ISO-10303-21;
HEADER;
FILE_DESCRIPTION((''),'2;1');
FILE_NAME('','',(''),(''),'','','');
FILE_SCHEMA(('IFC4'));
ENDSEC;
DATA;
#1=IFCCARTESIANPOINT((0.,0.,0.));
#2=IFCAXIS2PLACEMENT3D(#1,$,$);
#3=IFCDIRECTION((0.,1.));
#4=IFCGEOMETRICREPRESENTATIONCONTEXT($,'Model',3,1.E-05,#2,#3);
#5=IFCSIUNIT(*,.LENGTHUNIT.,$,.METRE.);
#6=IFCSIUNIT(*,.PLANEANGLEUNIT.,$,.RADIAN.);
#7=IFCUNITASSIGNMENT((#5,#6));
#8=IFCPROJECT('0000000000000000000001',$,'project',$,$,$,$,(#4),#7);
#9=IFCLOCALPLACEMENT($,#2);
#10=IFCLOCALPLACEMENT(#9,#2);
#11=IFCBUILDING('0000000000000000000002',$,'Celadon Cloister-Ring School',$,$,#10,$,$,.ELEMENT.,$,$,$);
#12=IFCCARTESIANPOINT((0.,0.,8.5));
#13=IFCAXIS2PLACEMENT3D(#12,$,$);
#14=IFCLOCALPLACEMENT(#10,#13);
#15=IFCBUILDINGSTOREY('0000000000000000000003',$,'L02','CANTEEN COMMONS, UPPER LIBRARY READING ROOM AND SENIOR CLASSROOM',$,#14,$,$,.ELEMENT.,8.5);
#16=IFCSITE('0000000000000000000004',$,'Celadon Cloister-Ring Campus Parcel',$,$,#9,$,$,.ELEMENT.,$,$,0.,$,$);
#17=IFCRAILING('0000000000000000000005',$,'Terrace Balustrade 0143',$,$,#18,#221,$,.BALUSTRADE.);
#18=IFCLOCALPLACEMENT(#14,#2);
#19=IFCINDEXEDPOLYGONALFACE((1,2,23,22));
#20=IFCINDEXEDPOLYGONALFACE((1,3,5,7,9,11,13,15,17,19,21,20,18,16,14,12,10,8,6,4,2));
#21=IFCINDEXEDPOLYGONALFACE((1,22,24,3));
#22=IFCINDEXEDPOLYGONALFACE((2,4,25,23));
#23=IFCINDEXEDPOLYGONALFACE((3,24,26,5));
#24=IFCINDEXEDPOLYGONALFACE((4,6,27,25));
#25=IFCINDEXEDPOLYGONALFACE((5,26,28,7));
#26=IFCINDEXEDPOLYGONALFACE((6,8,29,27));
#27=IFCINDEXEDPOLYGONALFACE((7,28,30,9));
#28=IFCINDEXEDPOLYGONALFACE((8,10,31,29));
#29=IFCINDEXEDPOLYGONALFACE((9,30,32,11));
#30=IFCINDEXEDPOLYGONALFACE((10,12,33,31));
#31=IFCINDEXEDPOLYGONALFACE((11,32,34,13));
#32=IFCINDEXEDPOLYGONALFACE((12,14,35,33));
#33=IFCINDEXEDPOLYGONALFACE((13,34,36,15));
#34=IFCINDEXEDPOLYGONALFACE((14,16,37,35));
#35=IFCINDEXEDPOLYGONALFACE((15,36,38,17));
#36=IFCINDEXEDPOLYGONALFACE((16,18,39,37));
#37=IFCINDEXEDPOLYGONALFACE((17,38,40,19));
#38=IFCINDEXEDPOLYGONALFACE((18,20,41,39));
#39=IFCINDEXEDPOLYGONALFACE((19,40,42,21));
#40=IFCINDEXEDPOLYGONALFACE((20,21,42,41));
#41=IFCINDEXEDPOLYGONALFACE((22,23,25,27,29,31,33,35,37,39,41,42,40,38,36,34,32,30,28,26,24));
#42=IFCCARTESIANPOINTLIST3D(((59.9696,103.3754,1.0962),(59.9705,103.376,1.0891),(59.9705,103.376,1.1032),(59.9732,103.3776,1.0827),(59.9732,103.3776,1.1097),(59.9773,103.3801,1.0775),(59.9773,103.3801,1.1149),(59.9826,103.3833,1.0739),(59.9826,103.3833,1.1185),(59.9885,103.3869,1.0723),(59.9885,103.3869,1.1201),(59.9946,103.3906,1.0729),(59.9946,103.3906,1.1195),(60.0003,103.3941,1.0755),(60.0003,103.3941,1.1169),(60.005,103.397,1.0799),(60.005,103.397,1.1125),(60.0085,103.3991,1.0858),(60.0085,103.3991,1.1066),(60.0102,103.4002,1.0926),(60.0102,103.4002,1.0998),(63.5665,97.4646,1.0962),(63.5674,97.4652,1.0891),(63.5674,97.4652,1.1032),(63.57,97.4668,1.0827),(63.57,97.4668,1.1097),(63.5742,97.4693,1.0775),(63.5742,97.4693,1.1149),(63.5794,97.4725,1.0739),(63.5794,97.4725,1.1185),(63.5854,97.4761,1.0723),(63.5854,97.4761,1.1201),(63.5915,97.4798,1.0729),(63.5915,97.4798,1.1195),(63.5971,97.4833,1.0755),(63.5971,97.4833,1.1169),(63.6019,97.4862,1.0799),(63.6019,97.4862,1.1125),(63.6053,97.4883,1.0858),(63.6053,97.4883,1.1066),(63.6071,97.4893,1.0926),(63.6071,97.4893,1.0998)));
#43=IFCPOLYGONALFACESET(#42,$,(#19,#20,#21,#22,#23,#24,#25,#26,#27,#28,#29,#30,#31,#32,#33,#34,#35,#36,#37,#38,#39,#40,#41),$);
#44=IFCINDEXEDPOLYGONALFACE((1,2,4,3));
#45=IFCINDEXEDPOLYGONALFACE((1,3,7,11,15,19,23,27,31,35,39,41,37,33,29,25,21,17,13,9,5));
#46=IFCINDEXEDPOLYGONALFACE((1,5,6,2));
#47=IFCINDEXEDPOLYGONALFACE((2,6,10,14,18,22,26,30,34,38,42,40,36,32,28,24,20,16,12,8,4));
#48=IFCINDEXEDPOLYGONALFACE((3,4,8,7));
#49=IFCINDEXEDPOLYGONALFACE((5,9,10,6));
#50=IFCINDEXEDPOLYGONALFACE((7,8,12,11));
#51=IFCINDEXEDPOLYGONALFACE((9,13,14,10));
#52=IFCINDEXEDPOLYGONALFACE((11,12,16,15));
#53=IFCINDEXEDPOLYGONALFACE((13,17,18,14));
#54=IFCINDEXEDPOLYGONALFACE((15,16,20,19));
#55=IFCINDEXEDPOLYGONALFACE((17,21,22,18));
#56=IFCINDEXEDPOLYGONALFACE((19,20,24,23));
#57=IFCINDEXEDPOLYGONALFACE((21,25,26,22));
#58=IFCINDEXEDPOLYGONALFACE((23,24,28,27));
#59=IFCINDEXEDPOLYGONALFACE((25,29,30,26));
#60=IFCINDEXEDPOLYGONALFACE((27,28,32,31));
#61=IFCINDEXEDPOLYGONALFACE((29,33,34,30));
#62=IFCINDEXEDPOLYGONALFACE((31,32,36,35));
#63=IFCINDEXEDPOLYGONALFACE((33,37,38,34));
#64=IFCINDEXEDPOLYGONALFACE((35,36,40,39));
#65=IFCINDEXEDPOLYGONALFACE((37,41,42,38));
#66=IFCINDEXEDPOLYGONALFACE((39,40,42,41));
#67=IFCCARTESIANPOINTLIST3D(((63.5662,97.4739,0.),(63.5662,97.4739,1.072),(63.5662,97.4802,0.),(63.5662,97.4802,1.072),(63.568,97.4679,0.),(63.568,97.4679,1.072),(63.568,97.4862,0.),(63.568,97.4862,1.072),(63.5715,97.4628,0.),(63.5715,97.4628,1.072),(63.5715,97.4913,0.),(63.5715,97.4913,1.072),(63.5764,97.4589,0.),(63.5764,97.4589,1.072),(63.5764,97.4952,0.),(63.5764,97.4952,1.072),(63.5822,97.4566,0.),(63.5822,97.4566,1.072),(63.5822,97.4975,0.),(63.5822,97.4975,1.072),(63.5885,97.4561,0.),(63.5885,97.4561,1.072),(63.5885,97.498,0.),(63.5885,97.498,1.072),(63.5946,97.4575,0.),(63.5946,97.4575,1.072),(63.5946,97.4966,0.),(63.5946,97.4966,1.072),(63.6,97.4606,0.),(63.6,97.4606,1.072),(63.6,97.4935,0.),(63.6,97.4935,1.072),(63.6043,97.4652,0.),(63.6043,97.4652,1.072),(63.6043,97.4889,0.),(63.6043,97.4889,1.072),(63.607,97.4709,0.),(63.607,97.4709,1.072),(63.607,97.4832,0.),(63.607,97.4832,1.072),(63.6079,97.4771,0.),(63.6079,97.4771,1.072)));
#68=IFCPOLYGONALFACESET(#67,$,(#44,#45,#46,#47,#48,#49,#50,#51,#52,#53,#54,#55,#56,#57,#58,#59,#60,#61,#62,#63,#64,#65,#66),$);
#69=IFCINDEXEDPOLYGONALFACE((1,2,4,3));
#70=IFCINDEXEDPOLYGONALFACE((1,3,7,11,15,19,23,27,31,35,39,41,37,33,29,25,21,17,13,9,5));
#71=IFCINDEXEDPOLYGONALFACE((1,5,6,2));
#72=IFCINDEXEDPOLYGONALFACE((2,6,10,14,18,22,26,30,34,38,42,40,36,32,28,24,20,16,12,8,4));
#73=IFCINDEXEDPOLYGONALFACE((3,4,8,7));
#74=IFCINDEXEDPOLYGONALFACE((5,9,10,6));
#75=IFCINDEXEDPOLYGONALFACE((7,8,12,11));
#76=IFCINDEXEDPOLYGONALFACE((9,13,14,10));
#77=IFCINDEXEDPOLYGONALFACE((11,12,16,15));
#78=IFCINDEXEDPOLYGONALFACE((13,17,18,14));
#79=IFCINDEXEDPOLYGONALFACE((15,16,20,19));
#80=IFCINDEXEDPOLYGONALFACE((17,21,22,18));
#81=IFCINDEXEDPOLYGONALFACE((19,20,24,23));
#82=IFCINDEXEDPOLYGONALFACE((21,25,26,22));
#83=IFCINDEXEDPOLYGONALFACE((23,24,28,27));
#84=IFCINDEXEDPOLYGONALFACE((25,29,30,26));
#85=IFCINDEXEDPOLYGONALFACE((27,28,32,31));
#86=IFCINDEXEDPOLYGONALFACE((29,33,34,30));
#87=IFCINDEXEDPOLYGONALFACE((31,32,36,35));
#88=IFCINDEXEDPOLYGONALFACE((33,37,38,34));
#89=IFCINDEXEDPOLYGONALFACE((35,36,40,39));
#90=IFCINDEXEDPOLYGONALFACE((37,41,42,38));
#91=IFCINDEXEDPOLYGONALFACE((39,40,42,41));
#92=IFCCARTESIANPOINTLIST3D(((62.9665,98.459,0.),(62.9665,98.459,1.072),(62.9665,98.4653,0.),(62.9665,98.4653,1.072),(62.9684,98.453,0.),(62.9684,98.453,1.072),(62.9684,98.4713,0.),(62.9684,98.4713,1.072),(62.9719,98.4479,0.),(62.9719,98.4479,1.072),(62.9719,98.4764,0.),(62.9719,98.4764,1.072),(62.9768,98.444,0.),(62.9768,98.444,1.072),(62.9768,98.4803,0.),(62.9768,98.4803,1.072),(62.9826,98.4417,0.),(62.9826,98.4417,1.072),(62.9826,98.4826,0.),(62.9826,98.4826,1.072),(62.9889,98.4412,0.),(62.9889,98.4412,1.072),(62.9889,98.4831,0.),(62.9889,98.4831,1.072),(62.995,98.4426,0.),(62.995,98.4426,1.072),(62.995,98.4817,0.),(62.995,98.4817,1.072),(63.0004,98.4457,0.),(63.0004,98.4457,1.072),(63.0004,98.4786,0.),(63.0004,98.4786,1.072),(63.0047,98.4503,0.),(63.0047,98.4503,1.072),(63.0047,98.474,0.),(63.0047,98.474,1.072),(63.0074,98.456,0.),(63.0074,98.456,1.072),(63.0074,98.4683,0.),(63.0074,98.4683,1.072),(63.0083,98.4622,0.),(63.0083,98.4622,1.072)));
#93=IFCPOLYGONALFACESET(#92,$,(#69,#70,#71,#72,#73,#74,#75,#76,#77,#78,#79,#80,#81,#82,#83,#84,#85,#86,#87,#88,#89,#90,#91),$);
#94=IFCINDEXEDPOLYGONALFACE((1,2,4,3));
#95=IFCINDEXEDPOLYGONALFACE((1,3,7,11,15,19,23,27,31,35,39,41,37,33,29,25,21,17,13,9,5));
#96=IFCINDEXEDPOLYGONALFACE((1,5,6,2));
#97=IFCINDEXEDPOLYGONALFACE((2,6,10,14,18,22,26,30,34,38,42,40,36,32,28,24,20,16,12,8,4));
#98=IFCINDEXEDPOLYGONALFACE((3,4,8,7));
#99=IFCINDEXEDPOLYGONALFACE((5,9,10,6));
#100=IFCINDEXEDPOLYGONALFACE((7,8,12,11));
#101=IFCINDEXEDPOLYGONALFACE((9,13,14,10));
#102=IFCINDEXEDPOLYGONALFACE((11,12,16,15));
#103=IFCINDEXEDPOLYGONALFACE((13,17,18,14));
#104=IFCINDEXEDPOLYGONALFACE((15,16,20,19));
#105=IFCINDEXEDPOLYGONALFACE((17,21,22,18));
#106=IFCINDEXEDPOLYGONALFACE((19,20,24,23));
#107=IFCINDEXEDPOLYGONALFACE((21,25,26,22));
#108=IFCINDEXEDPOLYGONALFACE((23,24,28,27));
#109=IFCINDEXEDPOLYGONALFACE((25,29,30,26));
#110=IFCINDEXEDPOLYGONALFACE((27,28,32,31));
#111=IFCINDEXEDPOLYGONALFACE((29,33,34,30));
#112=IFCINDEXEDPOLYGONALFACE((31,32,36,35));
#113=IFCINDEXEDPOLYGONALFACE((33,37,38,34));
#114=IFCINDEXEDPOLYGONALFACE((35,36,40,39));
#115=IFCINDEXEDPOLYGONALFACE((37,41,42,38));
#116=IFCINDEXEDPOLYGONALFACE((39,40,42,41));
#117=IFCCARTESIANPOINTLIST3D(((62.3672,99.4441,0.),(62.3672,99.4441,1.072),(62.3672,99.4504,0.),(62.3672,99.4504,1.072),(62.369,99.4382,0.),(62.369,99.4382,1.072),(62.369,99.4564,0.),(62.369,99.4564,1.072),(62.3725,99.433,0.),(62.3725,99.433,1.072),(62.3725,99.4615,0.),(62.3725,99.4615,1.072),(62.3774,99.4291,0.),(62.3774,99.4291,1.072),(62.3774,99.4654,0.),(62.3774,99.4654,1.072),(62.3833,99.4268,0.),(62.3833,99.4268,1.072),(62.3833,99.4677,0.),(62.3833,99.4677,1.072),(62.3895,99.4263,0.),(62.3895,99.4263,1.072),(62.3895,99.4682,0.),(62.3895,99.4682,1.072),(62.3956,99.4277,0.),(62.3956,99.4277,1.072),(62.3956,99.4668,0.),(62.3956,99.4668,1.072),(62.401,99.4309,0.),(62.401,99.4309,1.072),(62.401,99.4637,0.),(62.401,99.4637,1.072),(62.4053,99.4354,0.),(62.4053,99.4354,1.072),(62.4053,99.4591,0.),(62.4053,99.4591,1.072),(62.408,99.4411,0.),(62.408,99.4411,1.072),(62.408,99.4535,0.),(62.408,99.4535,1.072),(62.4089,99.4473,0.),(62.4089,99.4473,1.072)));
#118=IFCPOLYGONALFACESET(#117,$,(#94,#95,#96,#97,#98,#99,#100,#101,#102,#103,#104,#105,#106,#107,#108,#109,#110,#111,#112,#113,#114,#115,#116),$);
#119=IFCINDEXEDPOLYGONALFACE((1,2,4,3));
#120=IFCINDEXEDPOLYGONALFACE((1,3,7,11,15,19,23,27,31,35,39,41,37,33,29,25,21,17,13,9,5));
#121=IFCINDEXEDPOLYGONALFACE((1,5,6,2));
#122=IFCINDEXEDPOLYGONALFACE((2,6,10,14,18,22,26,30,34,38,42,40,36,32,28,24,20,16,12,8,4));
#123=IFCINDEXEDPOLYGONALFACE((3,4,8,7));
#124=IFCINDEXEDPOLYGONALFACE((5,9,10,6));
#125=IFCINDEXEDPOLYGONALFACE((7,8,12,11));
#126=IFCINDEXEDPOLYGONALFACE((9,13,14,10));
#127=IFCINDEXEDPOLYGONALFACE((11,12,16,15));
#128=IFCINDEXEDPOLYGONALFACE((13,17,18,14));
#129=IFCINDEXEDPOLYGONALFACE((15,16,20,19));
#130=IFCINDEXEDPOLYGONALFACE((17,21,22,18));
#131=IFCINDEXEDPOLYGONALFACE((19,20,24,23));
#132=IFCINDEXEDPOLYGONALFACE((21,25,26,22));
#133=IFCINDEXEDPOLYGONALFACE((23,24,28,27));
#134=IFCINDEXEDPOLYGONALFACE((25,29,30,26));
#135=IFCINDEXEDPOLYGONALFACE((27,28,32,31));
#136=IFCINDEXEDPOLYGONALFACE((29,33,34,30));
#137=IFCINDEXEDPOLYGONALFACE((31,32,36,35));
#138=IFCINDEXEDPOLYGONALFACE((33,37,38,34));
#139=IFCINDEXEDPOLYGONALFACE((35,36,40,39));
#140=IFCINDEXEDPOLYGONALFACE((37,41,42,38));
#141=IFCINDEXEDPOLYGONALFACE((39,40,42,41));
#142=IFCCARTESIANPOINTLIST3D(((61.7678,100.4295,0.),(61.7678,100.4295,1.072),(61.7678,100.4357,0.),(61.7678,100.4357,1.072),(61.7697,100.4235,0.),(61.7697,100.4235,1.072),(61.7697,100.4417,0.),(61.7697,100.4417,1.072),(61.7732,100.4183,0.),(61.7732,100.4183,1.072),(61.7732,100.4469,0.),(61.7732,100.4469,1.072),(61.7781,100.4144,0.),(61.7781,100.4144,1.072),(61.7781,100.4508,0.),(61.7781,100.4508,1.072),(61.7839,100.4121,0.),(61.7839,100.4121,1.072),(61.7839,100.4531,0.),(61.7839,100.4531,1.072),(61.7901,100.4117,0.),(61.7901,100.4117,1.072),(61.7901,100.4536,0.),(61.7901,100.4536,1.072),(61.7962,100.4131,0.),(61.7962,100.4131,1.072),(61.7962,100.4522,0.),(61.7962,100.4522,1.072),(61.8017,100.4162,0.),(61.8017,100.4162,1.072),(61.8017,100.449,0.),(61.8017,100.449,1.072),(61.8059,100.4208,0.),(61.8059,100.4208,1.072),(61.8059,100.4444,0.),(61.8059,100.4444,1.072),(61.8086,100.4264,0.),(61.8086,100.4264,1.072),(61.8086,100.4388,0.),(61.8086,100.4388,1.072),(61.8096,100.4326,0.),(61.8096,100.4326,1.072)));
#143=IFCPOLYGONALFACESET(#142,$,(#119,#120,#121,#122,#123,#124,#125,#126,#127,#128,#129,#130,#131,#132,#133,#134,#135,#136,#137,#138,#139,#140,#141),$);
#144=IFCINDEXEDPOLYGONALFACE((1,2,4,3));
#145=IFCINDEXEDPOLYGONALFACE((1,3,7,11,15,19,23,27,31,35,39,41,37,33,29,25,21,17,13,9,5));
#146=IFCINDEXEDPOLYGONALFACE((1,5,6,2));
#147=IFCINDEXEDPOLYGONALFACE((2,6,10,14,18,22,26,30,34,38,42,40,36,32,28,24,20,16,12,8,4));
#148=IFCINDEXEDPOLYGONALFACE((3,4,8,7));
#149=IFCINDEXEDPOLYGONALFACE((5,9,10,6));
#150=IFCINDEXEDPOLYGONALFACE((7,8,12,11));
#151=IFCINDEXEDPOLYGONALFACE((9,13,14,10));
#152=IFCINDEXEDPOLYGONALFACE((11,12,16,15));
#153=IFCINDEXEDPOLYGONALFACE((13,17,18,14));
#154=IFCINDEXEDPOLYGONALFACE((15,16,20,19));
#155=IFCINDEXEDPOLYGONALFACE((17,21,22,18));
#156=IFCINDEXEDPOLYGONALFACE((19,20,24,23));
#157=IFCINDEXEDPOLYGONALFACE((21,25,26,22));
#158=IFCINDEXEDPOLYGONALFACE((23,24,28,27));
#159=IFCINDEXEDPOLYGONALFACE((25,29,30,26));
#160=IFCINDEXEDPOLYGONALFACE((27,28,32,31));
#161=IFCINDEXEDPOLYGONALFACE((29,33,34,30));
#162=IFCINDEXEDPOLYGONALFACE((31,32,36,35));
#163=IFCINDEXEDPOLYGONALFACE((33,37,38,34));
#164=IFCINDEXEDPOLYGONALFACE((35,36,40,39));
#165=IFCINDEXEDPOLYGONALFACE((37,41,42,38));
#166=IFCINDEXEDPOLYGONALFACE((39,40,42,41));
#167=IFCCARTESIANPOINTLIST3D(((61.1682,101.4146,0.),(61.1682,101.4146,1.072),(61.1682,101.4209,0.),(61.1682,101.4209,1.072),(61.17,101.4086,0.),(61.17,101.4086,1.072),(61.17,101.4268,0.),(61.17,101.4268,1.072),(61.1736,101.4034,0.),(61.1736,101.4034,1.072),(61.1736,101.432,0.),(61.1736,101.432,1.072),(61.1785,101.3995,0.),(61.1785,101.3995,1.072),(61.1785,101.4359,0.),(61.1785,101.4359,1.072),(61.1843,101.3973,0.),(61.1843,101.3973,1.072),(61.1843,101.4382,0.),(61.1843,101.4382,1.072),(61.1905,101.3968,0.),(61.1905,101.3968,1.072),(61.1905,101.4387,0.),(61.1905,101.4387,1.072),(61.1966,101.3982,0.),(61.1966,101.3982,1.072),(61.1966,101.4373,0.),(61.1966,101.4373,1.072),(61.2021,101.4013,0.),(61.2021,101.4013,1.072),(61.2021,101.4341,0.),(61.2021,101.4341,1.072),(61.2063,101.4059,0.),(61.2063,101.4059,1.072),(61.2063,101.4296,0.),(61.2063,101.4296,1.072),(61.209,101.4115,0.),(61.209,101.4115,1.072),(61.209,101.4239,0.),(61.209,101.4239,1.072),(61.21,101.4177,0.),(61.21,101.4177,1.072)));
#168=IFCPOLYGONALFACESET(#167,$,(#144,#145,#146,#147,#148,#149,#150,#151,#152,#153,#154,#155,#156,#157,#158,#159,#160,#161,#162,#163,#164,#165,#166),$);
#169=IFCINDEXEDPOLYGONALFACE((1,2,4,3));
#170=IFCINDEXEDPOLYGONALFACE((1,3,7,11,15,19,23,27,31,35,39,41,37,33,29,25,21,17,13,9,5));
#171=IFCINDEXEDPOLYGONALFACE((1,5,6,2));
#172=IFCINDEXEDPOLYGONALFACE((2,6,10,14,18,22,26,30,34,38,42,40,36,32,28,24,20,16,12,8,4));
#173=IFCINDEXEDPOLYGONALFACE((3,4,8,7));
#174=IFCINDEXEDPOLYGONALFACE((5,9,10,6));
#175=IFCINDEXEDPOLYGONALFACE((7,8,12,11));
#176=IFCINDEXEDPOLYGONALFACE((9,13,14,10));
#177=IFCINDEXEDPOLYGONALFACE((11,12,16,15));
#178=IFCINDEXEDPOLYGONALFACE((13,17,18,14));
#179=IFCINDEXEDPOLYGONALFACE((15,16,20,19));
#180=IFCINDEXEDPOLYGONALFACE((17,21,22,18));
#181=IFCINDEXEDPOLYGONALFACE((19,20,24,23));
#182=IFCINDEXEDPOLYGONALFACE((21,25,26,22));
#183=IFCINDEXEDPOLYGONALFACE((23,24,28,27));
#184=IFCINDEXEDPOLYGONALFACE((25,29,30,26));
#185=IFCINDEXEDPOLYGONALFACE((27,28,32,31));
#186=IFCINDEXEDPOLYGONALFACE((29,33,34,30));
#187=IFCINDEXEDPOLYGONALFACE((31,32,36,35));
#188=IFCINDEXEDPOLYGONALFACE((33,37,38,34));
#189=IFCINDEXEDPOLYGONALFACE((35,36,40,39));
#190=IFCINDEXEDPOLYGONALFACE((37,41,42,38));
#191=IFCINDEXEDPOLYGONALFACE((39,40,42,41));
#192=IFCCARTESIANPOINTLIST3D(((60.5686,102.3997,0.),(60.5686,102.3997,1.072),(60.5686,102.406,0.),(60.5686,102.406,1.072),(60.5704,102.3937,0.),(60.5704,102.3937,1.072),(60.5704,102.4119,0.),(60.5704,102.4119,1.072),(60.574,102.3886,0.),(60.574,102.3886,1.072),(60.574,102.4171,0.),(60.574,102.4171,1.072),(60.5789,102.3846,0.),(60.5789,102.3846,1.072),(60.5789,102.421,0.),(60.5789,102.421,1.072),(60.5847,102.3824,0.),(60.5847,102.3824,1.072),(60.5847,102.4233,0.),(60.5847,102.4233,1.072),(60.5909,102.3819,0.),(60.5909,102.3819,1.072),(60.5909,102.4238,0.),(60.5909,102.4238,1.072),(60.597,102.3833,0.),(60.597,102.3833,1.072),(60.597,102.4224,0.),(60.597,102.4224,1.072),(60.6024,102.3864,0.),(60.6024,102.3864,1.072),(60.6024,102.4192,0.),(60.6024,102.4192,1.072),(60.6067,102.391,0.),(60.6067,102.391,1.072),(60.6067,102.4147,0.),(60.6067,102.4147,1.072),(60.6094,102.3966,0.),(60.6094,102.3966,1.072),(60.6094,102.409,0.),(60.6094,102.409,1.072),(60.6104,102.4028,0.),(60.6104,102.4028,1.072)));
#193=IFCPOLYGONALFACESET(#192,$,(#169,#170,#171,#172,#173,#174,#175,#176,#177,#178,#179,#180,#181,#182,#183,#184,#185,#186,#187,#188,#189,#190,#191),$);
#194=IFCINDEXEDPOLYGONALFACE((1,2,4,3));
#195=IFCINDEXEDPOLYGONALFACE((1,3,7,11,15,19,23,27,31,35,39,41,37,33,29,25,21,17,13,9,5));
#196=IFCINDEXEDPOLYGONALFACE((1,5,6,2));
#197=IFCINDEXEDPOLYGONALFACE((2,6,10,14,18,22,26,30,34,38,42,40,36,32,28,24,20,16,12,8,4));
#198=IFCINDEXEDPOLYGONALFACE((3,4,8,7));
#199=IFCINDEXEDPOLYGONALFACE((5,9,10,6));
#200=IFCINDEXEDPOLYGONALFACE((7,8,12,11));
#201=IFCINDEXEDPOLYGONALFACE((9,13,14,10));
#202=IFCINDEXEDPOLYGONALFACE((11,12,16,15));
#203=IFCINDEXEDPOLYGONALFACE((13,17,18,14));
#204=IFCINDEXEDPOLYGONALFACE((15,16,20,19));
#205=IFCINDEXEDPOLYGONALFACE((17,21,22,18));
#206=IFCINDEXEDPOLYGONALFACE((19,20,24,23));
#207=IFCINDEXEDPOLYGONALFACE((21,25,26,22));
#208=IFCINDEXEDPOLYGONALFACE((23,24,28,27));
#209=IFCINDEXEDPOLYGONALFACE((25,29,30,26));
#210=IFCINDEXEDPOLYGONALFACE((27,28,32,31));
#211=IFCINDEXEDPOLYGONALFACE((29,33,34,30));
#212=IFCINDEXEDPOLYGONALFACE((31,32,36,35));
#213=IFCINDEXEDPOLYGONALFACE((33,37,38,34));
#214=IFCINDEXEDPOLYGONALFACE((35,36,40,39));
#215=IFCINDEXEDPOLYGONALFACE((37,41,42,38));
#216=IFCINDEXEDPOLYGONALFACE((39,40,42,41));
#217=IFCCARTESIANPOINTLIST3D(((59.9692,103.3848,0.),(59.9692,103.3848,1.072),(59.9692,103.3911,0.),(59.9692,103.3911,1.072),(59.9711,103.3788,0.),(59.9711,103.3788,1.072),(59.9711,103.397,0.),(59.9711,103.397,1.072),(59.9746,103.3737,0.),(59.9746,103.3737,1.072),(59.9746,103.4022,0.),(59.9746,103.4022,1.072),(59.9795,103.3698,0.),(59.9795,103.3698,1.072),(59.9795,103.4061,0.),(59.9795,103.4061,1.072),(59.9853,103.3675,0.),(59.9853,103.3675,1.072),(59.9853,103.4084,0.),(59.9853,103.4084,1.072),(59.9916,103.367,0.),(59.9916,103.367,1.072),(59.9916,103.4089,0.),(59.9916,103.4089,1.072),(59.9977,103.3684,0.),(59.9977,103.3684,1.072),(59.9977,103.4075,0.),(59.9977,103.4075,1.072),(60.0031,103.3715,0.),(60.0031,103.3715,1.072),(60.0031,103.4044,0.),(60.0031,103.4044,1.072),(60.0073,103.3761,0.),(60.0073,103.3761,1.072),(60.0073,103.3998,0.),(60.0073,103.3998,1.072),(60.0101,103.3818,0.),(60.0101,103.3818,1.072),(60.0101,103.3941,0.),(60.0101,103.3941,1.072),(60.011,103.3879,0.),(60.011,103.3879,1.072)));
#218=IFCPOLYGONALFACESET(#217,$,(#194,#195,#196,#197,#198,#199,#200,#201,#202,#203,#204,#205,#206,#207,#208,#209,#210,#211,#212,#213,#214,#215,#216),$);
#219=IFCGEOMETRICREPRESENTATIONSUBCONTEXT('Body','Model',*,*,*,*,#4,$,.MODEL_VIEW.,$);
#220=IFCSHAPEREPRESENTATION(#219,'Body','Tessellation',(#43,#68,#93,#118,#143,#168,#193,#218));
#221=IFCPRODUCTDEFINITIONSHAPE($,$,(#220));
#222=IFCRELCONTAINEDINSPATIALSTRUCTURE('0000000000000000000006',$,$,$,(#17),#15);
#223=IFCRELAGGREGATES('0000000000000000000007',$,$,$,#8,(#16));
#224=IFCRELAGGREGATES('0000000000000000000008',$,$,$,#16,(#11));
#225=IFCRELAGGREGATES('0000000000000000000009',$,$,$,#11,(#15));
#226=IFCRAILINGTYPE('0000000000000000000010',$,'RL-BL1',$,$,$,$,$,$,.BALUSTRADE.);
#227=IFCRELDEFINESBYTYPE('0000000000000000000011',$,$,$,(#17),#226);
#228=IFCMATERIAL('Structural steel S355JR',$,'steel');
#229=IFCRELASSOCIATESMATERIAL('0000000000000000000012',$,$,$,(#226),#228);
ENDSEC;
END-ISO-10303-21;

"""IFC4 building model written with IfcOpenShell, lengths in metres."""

from ifc_helpers import new_model, si_unit, direction, frame, origin, origin_2d, place, context, subcontext, project, spatial, circle, extrude, material, type_object, element, save


model = new_model("IFC4")

# Units and contexts
model_context = context("Model", 3, precision=1e-05, world=origin(), true_north=direction((0.0, 1.0)))
body_context = subcontext(model_context, "Body", "Model", "MODEL_VIEW")
ifc_project = project(units=[si_unit("LENGTHUNIT", "METRE"), si_unit("PLANEANGLEUNIT", "RADIAN")], contexts=[model_context])

# Site, building, storey
site_placement = place(None, origin())
site = spatial("IfcSite", under=ifc_project, at=site_placement, Name="Celadon Cloister-Ring Campus Parcel", CompositionType="ELEMENT", RefElevation=0.0)
building_placement = place(site_placement, origin())
building = spatial("IfcBuilding", under=site, at=building_placement, Name="Celadon Cloister-Ring School", CompositionType="ELEMENT")
storey_placement = place(building_placement, frame((0.0, 0.0, 8.5)))
storey = spatial("IfcBuildingStorey", under=building, at=storey_placement, Name="L02", Description="CANTEEN COMMONS, UPPER LIBRARY READING ROOM AND SENIOR CLASSROOM", CompositionType="ELEMENT", Elevation=8.5)

# Railing
ifc_material_1 = material(Name="Structural steel S355JR", Category="steel")
railing_type = type_object("IfcRailingType", Name="RL-BL1", PredefinedType="BALUSTRADE", material=ifc_material_1)
railing_1_placement = place(storey_placement, frame((63.5869, 97.4771, 0.0)))
element("IfcRailing", 1, at=railing_1_placement, inside=storey, type_object=railing_type, Name="Terrace Balustrade 0143", PredefinedType="BALUSTRADE", context=body_context, shape_type="SweptSolid", body=[
    extrude(circle(Radius=0.0239, at=origin_2d()), frame((0.0, 0.0, 1.0962), z_axis=(-0.519841, 0.854263, 0.0), x_axis=(-0.854263, -0.519841, 0.0)), (0.0, 0.0, 1.0), 6.9192),
    extrude(circle(Radius=0.021, at=origin_2d()), origin(), (0.0, 0.0, 1.0), 1.072),
    extrude(circle(Radius=0.021, at=origin_2d()), frame((-0.5996, 0.9851, 0.0)), (0.0, 0.0, 1.0), 1.072),
    extrude(circle(Radius=0.021, at=origin_2d()), frame((-1.199, 1.9702, 0.0)), (0.0, 0.0, 1.0), 1.072),
    extrude(circle(Radius=0.021, at=origin_2d()), frame((-1.7983, 2.9556, 0.0)), (0.0, 0.0, 1.0), 1.072),
    extrude(circle(Radius=0.021, at=origin_2d()), frame((-2.3979, 3.9407, 0.0)), (0.0, 0.0, 1.0), 1.072),
    extrude(circle(Radius=0.021, at=origin_2d()), frame((-2.9976, 4.9258, 0.0)), (0.0, 0.0, 1.0), 1.072),
    extrude(circle(Radius=0.021, at=origin_2d()), frame((-3.5969, 5.9109, 0.0)), (0.0, 0.0, 1.0), 1.072),
])

save(model, "model.ifc")
